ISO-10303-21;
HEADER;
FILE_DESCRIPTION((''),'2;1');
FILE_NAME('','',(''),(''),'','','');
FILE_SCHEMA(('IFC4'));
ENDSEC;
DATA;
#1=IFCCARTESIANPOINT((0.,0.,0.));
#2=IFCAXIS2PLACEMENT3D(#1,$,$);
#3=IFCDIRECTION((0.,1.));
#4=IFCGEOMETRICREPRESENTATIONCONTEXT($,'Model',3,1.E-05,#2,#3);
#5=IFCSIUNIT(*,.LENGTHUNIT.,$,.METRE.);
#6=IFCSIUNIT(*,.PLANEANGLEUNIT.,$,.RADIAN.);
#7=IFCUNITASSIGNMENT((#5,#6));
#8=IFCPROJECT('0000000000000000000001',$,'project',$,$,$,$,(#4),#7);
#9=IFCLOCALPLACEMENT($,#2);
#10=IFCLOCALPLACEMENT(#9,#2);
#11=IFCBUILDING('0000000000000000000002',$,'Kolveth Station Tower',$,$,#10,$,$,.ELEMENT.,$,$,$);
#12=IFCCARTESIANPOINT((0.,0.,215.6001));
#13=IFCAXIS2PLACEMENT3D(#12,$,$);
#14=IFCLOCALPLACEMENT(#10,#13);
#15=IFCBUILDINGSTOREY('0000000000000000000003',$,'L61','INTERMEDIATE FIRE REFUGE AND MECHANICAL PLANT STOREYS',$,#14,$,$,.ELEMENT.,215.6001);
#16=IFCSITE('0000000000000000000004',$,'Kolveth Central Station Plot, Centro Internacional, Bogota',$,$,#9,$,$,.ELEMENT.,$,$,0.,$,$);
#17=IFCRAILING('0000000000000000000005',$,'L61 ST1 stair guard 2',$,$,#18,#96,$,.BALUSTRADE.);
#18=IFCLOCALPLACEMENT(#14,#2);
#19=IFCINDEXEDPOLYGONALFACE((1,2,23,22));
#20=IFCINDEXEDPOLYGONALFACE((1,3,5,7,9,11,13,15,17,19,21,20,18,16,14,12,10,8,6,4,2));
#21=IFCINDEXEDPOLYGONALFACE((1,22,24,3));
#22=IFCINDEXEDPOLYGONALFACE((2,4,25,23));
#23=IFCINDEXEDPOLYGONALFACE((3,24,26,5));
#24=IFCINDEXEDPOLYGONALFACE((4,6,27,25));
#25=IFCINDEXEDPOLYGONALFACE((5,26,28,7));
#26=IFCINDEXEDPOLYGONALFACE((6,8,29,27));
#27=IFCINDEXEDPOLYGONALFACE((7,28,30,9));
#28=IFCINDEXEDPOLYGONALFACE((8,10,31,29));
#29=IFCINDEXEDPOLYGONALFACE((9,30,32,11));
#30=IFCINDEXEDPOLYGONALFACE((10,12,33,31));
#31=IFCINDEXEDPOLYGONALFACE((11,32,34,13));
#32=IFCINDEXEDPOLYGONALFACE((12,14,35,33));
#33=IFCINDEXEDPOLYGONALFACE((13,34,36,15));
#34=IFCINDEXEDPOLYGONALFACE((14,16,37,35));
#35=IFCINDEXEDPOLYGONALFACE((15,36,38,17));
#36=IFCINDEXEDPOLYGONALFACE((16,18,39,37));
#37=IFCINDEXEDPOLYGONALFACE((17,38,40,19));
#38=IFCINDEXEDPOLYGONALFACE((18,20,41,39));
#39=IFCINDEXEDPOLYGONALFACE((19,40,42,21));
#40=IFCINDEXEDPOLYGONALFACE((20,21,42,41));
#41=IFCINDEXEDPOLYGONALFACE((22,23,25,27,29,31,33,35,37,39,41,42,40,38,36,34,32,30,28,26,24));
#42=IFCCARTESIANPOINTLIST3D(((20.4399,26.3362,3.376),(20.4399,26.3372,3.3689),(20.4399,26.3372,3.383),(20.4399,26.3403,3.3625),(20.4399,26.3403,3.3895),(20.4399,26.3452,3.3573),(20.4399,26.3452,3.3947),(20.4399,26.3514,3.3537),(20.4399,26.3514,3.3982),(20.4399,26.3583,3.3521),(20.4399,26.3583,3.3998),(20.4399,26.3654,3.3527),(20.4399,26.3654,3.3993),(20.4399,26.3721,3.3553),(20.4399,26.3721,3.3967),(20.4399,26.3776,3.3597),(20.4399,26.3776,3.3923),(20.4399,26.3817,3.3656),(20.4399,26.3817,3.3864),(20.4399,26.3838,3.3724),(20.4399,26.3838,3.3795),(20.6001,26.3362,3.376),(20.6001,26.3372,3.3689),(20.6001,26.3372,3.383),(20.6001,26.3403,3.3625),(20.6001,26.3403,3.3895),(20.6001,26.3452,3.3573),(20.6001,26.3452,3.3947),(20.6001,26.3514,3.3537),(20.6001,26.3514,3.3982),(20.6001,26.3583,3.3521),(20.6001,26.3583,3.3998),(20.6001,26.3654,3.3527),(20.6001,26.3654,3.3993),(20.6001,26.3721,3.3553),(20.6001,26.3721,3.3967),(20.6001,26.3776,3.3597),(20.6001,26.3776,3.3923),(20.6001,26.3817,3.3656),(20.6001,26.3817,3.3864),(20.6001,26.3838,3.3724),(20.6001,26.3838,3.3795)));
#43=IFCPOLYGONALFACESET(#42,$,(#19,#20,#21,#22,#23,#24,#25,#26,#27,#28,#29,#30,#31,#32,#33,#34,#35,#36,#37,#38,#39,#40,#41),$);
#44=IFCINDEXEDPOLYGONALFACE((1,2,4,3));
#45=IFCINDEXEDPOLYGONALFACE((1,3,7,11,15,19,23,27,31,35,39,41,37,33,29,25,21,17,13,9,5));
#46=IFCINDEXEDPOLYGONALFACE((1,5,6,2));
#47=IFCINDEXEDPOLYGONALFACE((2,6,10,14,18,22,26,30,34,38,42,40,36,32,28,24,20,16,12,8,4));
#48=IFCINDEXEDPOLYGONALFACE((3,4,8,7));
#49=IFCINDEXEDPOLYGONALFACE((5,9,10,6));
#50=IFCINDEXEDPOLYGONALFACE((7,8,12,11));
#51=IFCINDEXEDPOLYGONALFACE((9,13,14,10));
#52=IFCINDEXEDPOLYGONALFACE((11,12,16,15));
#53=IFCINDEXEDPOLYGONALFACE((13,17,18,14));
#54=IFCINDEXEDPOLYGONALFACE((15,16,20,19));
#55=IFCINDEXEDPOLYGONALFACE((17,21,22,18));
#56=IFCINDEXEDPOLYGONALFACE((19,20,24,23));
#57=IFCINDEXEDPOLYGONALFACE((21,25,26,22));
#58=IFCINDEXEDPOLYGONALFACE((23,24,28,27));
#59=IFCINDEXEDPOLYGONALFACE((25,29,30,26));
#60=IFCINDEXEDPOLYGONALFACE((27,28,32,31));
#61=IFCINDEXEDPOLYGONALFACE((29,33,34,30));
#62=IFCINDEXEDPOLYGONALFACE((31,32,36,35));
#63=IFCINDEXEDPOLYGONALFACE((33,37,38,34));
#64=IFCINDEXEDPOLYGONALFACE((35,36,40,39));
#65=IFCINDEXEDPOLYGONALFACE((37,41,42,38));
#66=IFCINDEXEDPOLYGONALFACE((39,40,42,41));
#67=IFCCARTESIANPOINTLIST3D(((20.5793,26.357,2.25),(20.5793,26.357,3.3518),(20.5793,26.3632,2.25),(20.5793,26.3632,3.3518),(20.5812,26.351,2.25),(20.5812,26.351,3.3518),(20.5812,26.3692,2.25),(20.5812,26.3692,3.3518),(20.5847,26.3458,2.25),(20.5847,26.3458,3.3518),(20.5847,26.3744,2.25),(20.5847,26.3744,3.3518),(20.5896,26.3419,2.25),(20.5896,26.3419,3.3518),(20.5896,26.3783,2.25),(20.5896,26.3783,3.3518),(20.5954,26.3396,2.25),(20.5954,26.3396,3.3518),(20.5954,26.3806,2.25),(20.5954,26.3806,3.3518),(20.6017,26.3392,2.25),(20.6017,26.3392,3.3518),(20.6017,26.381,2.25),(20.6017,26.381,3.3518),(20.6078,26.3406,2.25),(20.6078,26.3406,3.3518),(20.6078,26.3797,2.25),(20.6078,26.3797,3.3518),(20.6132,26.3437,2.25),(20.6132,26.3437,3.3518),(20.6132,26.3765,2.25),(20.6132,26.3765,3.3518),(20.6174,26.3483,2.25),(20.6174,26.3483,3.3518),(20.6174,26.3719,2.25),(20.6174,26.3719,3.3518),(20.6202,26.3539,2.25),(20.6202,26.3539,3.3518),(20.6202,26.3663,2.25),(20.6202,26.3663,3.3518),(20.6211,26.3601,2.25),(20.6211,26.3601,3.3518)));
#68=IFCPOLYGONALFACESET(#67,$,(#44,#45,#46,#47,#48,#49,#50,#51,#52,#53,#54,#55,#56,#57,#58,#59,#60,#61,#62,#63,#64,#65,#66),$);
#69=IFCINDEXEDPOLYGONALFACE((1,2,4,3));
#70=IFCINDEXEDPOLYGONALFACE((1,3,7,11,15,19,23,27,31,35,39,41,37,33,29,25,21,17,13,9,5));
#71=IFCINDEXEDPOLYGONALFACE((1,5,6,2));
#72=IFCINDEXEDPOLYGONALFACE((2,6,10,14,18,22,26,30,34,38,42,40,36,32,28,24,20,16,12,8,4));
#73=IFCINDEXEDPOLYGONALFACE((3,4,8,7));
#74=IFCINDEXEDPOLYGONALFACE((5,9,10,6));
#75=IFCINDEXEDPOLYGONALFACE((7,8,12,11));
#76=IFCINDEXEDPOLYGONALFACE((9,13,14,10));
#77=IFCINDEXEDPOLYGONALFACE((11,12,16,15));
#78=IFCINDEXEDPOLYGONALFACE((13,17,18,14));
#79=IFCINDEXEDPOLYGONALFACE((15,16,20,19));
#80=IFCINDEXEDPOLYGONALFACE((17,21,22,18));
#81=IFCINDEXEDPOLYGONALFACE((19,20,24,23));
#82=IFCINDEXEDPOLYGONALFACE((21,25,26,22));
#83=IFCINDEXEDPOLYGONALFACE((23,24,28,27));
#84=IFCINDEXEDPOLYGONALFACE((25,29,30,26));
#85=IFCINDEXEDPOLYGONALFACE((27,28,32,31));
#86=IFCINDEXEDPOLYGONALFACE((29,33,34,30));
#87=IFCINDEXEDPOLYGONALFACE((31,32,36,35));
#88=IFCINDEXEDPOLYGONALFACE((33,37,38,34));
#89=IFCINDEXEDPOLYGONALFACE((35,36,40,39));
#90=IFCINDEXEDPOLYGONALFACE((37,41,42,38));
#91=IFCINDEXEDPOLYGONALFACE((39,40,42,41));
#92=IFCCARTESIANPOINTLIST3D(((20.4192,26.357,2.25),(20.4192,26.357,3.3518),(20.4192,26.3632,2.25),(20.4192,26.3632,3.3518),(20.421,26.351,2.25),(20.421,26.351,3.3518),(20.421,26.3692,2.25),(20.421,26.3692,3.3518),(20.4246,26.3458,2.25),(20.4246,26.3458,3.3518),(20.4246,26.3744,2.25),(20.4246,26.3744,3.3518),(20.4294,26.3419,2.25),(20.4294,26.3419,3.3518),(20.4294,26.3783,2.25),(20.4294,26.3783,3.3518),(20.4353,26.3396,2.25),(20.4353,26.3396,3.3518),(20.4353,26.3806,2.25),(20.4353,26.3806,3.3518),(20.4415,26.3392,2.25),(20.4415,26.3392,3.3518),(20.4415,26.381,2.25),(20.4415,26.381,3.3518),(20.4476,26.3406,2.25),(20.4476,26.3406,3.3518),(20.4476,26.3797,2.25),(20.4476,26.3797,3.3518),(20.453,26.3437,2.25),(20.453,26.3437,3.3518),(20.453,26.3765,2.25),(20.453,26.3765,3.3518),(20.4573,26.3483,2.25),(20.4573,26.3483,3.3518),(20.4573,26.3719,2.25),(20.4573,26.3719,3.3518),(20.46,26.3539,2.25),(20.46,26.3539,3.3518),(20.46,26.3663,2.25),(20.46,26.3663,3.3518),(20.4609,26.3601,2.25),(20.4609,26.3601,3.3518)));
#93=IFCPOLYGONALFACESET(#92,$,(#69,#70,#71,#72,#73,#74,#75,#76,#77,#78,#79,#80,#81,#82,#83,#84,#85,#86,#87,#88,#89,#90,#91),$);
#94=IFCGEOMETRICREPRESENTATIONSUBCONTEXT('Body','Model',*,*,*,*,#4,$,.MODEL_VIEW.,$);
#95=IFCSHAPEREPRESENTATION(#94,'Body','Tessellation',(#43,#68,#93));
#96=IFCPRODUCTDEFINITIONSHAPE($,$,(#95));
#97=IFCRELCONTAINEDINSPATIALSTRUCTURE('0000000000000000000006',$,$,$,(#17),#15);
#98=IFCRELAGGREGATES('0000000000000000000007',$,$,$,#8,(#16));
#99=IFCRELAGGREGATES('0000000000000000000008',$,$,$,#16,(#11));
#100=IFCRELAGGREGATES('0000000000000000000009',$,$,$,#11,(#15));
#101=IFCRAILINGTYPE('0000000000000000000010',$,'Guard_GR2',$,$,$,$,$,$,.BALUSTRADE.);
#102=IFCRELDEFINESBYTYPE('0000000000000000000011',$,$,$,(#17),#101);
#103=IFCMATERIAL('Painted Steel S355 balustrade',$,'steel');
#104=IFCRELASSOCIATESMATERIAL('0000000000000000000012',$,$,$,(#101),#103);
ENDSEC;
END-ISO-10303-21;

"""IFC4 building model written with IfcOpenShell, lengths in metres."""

from ifc_helpers import new_model, si_unit, direction, frame, origin, origin_2d, place, context, subcontext, project, spatial, circle, extrude, material, type_object, element, save


model = new_model("IFC4")

# Units and contexts
model_context = context("Model", 3, precision=1e-05, world=origin(), true_north=direction((0.0, 1.0)))
body_context = subcontext(model_context, "Body", "Model", "MODEL_VIEW")
ifc_project = project(units=[si_unit("LENGTHUNIT", "METRE"), si_unit("PLANEANGLEUNIT", "RADIAN")], contexts=[model_context])

# Site, building, storey
site_placement = place(None, origin())
site = spatial("IfcSite", under=ifc_project, at=site_placement, Name="Kolveth Central Station Plot, Centro Internacional, Bogota", CompositionType="ELEMENT", RefElevation=0.0)
building_placement = place(site_placement, origin())
building = spatial("IfcBuilding", under=site, at=building_placement, Name="Kolveth Station Tower", CompositionType="ELEMENT")
storey_placement = place(building_placement, frame((0.0, 0.0, 215.6001)))
storey = spatial("IfcBuildingStorey", under=building, at=storey_placement, Name="L61", Description="INTERMEDIATE FIRE REFUGE AND MECHANICAL PLANT STOREYS", CompositionType="ELEMENT", Elevation=215.6001)

# Railing
ifc_material_1 = material(Name="Painted Steel S355 balustrade", Category="steel")
railing_type_1 = type_object("IfcRailingType", Name="Guard_GR2", PredefinedType="BALUSTRADE", material=ifc_material_1)
railing_1_placement = place(storey_placement, frame((20.6001, 26.3601, 2.25)))
element("IfcRailing", 1, at=railing_1_placement, inside=storey, type_object=railing_type_1, Name="L61 ST1 stair guard 2", PredefinedType="BALUSTRADE", context=body_context, shape_type="SweptSolid", body=[
    extrude(circle(Radius=0.0239, at=origin_2d()), frame((0.0, 0.0, 1.126), z_axis=(-1.0, 0.0, 0.0), x_axis=(0.0, -1.0, 0.0)), (0.0, 0.0, 1.0), 0.1602),
    extrude(circle(Radius=0.021, at=origin_2d()), origin(), (0.0, 0.0, 1.0), 1.1018),
    extrude(circle(Radius=0.021, at=origin_2d()), frame((-0.1602, 0.0, 0.0)), (0.0, 0.0, 1.0), 1.1018),
])

save(model, "model.ifc")
